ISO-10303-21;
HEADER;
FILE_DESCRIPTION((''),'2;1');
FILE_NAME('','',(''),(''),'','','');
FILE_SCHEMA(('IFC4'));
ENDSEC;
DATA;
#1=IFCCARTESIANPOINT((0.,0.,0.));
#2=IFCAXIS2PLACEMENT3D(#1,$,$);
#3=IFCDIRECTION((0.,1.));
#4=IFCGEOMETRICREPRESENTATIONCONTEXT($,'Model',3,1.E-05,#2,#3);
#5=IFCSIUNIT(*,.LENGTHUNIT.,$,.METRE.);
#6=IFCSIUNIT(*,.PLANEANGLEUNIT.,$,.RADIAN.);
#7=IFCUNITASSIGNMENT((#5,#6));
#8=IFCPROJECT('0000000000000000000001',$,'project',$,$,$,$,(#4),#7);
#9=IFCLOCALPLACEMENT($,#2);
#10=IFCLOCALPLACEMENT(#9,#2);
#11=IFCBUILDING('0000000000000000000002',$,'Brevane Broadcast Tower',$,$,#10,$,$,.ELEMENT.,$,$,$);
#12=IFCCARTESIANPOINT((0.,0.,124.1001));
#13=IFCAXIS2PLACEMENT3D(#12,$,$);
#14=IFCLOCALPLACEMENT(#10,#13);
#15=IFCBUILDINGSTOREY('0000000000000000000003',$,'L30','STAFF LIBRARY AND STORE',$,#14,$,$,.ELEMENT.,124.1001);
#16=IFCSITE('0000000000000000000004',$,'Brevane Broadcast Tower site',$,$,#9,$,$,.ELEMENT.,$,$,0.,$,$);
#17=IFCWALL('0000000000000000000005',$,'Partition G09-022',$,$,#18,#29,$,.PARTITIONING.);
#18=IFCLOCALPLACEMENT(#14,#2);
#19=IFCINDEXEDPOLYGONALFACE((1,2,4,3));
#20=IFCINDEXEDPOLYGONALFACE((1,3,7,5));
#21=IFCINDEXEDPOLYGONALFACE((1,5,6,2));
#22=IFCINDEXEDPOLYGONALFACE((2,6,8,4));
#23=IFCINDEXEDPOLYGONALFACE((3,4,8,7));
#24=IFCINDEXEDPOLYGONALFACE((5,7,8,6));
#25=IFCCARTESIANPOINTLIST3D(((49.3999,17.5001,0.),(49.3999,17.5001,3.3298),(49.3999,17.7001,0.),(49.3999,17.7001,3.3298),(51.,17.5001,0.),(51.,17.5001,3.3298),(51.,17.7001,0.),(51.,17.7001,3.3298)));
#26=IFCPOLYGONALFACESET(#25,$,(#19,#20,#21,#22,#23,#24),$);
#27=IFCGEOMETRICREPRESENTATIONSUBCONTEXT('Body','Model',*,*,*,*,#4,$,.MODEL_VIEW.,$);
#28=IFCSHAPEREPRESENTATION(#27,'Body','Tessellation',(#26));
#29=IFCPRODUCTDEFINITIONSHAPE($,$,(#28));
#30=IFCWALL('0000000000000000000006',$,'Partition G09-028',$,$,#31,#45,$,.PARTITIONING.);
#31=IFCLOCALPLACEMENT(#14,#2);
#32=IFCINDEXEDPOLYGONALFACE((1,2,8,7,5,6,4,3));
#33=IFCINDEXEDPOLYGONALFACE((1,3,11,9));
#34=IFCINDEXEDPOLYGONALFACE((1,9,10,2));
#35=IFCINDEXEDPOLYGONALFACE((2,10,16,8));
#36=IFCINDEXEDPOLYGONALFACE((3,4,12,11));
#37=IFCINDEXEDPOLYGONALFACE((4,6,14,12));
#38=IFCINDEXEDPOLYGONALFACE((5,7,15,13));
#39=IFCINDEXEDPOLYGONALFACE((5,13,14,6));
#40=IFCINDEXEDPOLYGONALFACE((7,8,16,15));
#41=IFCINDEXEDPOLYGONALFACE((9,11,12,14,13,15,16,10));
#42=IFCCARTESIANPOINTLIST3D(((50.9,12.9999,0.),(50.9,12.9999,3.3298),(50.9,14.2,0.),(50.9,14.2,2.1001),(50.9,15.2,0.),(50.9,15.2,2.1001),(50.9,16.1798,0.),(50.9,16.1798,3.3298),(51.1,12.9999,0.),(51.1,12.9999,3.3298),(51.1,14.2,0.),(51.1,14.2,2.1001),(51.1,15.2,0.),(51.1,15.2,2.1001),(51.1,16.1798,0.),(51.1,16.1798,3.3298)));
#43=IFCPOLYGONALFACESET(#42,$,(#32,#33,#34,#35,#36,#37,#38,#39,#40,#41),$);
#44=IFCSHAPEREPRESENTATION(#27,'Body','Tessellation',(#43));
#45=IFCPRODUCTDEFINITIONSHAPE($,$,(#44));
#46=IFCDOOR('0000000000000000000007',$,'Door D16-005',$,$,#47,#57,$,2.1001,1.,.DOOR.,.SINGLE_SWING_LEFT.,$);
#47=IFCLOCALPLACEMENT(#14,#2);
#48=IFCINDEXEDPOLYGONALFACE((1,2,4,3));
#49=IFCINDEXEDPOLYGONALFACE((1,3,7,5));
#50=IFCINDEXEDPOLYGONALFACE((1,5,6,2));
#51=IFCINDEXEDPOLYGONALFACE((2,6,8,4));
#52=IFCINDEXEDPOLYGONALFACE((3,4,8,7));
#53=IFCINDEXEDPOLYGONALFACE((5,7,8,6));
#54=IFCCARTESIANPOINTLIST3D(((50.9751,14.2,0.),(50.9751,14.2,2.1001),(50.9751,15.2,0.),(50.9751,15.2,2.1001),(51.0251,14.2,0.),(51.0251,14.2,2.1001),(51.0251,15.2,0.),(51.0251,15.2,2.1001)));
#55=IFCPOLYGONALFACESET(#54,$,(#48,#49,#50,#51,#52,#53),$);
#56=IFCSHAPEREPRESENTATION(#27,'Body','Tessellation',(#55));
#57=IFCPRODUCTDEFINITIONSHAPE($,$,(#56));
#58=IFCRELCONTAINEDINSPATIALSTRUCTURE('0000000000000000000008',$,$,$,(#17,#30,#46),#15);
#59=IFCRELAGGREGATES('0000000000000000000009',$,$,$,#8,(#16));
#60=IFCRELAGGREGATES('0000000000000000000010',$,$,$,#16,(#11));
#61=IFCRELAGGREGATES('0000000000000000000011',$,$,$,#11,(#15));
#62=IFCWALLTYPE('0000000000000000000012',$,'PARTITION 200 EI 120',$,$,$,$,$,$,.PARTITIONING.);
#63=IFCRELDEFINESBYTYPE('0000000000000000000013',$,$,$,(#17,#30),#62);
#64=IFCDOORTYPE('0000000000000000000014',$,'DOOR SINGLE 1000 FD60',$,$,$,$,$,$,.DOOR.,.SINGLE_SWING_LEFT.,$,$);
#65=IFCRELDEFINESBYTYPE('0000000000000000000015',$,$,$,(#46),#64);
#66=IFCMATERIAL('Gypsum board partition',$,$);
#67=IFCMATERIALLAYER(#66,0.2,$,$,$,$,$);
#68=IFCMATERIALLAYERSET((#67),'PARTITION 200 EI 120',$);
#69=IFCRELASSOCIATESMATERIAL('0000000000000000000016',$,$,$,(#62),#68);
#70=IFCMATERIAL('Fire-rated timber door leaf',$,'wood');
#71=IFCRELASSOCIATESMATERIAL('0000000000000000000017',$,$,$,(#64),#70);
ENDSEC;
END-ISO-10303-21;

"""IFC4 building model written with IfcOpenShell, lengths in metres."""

from ifc_helpers import new_model, si_unit, direction, frame, frame_2d, origin, place, context, subcontext, project, spatial, rectangle, extrude, material, layer, layer_set, type_object, element, fill, save


model = new_model("IFC4")

# Units and contexts
model_context = context("Model", 3, precision=1e-05, world=origin(), true_north=direction((0.0, 1.0)))
body_context = subcontext(model_context, "Body", "Model", "MODEL_VIEW")
ifc_project = project(units=[si_unit("LENGTHUNIT", "METRE"), si_unit("PLANEANGLEUNIT", "RADIAN")], contexts=[model_context])

# Site, building, storey
site_placement = place(None, origin())
site = spatial("IfcSite", under=ifc_project, at=site_placement, Name="Brevane Broadcast Tower site", CompositionType="ELEMENT", RefElevation=0.0)
building_placement = place(site_placement, origin())
building = spatial("IfcBuilding", under=site, at=building_placement, Name="Brevane Broadcast Tower", CompositionType="ELEMENT")
storey_placement = place(building_placement, frame((0.0, 0.0, 124.1001)))
storey = spatial("IfcBuildingStorey", under=building, at=storey_placement, Name="L30", Description="STAFF LIBRARY AND STORE", CompositionType="ELEMENT", Elevation=124.1001)

# Shared definitions
ifc_material_1 = material(Name="Gypsum board partition")

# Shared definitions
ifc_material_2 = material(Name="Fire-rated timber door leaf", Category="wood")

# Wall
ifc_layer_1 = layer(ifc_material_1, 0.2)
ifc_layer_set_1 = layer_set([ifc_layer_1], Name="PARTITION 200 EI 120")
wall_type_1 = type_object("IfcWallType", Name="PARTITION 200 EI 120", PredefinedType="PARTITIONING", material=ifc_layer_set_1)
wall_1_placement = place(storey_placement, frame((51.0, 17.6001, 0.0), z_axis=(0.0, 0.0, 1.0), x_axis=(-1.0, 0.0, 0.0)))
element("IfcWall", 1, at=wall_1_placement, inside=storey, type_object=wall_type_1, Name="Partition G09-022", PredefinedType="PARTITIONING", context=body_context, shape_type="SweptSolid", body=[
    extrude(rectangle(XDim=1.6001, YDim=0.2, at=frame_2d((0.8, 0.0))), origin(), (0.0, 0.0, 1.0), 3.3298),
])

# Wall, opening, door
wall_2_placement = place(storey_placement, frame((51.0, 13.0, 0.0), z_axis=(0.0, 0.0, 1.0), x_axis=(0.0, 1.0, 0.0)))
wall_2 = element("IfcWall", 2, at=wall_2_placement, inside=storey, type_object=wall_type_1, Name="Partition G09-028", PredefinedType="PARTITIONING", context=body_context, shape_type="SweptSolid", body=[
    extrude(rectangle(XDim=3.1799, YDim=0.2, at=frame_2d((1.5898, 0.0))), origin(), (0.0, 0.0, 1.0), 3.3298),
])
opening_1_placement = place(wall_2_placement, frame((1.2, 0.0, 0.0)))
opening_1 = element("IfcOpeningElement", 3, at=opening_1_placement, cuts=wall_2, PredefinedType="OPENING", context=body_context, shape_type="SweptSolid", body=[
    extrude(rectangle(XDim=1.0, YDim=2.1001, at=frame_2d((0.5, 1.05))), frame((0.0, 0.1099, 0.0), z_axis=(0.0, -1.0, 0.0), x_axis=(1.0, 0.0, 0.0)), (0.0, 0.0, 1.0), 0.22),
])
door_type_1 = type_object("IfcDoorType", Name="DOOR SINGLE 1000 FD60", OperationType="SINGLE_SWING_LEFT", PredefinedType="DOOR", material=ifc_material_2)
door_1_placement = place(opening_1_placement, origin())
door_1 = element("IfcDoor", 4, at=door_1_placement, inside=storey, type_object=door_type_1, Name="Door D16-005", OperationType="SINGLE_SWING_LEFT", OverallHeight=2.1001, OverallWidth=1.0, PredefinedType="DOOR", context=body_context, shape_type="SweptSolid", body=[
    extrude(rectangle(XDim=1.0, YDim=2.1001, at=frame_2d((0.5, 1.05))), frame((0.0, 0.0249, 0.0), z_axis=(0.0, -1.0, 0.0), x_axis=(1.0, 0.0, 0.0)), (0.0, 0.0, 1.0), 0.05),
])
fill(opening_1, door_1)

save(model, "model.ifc")
